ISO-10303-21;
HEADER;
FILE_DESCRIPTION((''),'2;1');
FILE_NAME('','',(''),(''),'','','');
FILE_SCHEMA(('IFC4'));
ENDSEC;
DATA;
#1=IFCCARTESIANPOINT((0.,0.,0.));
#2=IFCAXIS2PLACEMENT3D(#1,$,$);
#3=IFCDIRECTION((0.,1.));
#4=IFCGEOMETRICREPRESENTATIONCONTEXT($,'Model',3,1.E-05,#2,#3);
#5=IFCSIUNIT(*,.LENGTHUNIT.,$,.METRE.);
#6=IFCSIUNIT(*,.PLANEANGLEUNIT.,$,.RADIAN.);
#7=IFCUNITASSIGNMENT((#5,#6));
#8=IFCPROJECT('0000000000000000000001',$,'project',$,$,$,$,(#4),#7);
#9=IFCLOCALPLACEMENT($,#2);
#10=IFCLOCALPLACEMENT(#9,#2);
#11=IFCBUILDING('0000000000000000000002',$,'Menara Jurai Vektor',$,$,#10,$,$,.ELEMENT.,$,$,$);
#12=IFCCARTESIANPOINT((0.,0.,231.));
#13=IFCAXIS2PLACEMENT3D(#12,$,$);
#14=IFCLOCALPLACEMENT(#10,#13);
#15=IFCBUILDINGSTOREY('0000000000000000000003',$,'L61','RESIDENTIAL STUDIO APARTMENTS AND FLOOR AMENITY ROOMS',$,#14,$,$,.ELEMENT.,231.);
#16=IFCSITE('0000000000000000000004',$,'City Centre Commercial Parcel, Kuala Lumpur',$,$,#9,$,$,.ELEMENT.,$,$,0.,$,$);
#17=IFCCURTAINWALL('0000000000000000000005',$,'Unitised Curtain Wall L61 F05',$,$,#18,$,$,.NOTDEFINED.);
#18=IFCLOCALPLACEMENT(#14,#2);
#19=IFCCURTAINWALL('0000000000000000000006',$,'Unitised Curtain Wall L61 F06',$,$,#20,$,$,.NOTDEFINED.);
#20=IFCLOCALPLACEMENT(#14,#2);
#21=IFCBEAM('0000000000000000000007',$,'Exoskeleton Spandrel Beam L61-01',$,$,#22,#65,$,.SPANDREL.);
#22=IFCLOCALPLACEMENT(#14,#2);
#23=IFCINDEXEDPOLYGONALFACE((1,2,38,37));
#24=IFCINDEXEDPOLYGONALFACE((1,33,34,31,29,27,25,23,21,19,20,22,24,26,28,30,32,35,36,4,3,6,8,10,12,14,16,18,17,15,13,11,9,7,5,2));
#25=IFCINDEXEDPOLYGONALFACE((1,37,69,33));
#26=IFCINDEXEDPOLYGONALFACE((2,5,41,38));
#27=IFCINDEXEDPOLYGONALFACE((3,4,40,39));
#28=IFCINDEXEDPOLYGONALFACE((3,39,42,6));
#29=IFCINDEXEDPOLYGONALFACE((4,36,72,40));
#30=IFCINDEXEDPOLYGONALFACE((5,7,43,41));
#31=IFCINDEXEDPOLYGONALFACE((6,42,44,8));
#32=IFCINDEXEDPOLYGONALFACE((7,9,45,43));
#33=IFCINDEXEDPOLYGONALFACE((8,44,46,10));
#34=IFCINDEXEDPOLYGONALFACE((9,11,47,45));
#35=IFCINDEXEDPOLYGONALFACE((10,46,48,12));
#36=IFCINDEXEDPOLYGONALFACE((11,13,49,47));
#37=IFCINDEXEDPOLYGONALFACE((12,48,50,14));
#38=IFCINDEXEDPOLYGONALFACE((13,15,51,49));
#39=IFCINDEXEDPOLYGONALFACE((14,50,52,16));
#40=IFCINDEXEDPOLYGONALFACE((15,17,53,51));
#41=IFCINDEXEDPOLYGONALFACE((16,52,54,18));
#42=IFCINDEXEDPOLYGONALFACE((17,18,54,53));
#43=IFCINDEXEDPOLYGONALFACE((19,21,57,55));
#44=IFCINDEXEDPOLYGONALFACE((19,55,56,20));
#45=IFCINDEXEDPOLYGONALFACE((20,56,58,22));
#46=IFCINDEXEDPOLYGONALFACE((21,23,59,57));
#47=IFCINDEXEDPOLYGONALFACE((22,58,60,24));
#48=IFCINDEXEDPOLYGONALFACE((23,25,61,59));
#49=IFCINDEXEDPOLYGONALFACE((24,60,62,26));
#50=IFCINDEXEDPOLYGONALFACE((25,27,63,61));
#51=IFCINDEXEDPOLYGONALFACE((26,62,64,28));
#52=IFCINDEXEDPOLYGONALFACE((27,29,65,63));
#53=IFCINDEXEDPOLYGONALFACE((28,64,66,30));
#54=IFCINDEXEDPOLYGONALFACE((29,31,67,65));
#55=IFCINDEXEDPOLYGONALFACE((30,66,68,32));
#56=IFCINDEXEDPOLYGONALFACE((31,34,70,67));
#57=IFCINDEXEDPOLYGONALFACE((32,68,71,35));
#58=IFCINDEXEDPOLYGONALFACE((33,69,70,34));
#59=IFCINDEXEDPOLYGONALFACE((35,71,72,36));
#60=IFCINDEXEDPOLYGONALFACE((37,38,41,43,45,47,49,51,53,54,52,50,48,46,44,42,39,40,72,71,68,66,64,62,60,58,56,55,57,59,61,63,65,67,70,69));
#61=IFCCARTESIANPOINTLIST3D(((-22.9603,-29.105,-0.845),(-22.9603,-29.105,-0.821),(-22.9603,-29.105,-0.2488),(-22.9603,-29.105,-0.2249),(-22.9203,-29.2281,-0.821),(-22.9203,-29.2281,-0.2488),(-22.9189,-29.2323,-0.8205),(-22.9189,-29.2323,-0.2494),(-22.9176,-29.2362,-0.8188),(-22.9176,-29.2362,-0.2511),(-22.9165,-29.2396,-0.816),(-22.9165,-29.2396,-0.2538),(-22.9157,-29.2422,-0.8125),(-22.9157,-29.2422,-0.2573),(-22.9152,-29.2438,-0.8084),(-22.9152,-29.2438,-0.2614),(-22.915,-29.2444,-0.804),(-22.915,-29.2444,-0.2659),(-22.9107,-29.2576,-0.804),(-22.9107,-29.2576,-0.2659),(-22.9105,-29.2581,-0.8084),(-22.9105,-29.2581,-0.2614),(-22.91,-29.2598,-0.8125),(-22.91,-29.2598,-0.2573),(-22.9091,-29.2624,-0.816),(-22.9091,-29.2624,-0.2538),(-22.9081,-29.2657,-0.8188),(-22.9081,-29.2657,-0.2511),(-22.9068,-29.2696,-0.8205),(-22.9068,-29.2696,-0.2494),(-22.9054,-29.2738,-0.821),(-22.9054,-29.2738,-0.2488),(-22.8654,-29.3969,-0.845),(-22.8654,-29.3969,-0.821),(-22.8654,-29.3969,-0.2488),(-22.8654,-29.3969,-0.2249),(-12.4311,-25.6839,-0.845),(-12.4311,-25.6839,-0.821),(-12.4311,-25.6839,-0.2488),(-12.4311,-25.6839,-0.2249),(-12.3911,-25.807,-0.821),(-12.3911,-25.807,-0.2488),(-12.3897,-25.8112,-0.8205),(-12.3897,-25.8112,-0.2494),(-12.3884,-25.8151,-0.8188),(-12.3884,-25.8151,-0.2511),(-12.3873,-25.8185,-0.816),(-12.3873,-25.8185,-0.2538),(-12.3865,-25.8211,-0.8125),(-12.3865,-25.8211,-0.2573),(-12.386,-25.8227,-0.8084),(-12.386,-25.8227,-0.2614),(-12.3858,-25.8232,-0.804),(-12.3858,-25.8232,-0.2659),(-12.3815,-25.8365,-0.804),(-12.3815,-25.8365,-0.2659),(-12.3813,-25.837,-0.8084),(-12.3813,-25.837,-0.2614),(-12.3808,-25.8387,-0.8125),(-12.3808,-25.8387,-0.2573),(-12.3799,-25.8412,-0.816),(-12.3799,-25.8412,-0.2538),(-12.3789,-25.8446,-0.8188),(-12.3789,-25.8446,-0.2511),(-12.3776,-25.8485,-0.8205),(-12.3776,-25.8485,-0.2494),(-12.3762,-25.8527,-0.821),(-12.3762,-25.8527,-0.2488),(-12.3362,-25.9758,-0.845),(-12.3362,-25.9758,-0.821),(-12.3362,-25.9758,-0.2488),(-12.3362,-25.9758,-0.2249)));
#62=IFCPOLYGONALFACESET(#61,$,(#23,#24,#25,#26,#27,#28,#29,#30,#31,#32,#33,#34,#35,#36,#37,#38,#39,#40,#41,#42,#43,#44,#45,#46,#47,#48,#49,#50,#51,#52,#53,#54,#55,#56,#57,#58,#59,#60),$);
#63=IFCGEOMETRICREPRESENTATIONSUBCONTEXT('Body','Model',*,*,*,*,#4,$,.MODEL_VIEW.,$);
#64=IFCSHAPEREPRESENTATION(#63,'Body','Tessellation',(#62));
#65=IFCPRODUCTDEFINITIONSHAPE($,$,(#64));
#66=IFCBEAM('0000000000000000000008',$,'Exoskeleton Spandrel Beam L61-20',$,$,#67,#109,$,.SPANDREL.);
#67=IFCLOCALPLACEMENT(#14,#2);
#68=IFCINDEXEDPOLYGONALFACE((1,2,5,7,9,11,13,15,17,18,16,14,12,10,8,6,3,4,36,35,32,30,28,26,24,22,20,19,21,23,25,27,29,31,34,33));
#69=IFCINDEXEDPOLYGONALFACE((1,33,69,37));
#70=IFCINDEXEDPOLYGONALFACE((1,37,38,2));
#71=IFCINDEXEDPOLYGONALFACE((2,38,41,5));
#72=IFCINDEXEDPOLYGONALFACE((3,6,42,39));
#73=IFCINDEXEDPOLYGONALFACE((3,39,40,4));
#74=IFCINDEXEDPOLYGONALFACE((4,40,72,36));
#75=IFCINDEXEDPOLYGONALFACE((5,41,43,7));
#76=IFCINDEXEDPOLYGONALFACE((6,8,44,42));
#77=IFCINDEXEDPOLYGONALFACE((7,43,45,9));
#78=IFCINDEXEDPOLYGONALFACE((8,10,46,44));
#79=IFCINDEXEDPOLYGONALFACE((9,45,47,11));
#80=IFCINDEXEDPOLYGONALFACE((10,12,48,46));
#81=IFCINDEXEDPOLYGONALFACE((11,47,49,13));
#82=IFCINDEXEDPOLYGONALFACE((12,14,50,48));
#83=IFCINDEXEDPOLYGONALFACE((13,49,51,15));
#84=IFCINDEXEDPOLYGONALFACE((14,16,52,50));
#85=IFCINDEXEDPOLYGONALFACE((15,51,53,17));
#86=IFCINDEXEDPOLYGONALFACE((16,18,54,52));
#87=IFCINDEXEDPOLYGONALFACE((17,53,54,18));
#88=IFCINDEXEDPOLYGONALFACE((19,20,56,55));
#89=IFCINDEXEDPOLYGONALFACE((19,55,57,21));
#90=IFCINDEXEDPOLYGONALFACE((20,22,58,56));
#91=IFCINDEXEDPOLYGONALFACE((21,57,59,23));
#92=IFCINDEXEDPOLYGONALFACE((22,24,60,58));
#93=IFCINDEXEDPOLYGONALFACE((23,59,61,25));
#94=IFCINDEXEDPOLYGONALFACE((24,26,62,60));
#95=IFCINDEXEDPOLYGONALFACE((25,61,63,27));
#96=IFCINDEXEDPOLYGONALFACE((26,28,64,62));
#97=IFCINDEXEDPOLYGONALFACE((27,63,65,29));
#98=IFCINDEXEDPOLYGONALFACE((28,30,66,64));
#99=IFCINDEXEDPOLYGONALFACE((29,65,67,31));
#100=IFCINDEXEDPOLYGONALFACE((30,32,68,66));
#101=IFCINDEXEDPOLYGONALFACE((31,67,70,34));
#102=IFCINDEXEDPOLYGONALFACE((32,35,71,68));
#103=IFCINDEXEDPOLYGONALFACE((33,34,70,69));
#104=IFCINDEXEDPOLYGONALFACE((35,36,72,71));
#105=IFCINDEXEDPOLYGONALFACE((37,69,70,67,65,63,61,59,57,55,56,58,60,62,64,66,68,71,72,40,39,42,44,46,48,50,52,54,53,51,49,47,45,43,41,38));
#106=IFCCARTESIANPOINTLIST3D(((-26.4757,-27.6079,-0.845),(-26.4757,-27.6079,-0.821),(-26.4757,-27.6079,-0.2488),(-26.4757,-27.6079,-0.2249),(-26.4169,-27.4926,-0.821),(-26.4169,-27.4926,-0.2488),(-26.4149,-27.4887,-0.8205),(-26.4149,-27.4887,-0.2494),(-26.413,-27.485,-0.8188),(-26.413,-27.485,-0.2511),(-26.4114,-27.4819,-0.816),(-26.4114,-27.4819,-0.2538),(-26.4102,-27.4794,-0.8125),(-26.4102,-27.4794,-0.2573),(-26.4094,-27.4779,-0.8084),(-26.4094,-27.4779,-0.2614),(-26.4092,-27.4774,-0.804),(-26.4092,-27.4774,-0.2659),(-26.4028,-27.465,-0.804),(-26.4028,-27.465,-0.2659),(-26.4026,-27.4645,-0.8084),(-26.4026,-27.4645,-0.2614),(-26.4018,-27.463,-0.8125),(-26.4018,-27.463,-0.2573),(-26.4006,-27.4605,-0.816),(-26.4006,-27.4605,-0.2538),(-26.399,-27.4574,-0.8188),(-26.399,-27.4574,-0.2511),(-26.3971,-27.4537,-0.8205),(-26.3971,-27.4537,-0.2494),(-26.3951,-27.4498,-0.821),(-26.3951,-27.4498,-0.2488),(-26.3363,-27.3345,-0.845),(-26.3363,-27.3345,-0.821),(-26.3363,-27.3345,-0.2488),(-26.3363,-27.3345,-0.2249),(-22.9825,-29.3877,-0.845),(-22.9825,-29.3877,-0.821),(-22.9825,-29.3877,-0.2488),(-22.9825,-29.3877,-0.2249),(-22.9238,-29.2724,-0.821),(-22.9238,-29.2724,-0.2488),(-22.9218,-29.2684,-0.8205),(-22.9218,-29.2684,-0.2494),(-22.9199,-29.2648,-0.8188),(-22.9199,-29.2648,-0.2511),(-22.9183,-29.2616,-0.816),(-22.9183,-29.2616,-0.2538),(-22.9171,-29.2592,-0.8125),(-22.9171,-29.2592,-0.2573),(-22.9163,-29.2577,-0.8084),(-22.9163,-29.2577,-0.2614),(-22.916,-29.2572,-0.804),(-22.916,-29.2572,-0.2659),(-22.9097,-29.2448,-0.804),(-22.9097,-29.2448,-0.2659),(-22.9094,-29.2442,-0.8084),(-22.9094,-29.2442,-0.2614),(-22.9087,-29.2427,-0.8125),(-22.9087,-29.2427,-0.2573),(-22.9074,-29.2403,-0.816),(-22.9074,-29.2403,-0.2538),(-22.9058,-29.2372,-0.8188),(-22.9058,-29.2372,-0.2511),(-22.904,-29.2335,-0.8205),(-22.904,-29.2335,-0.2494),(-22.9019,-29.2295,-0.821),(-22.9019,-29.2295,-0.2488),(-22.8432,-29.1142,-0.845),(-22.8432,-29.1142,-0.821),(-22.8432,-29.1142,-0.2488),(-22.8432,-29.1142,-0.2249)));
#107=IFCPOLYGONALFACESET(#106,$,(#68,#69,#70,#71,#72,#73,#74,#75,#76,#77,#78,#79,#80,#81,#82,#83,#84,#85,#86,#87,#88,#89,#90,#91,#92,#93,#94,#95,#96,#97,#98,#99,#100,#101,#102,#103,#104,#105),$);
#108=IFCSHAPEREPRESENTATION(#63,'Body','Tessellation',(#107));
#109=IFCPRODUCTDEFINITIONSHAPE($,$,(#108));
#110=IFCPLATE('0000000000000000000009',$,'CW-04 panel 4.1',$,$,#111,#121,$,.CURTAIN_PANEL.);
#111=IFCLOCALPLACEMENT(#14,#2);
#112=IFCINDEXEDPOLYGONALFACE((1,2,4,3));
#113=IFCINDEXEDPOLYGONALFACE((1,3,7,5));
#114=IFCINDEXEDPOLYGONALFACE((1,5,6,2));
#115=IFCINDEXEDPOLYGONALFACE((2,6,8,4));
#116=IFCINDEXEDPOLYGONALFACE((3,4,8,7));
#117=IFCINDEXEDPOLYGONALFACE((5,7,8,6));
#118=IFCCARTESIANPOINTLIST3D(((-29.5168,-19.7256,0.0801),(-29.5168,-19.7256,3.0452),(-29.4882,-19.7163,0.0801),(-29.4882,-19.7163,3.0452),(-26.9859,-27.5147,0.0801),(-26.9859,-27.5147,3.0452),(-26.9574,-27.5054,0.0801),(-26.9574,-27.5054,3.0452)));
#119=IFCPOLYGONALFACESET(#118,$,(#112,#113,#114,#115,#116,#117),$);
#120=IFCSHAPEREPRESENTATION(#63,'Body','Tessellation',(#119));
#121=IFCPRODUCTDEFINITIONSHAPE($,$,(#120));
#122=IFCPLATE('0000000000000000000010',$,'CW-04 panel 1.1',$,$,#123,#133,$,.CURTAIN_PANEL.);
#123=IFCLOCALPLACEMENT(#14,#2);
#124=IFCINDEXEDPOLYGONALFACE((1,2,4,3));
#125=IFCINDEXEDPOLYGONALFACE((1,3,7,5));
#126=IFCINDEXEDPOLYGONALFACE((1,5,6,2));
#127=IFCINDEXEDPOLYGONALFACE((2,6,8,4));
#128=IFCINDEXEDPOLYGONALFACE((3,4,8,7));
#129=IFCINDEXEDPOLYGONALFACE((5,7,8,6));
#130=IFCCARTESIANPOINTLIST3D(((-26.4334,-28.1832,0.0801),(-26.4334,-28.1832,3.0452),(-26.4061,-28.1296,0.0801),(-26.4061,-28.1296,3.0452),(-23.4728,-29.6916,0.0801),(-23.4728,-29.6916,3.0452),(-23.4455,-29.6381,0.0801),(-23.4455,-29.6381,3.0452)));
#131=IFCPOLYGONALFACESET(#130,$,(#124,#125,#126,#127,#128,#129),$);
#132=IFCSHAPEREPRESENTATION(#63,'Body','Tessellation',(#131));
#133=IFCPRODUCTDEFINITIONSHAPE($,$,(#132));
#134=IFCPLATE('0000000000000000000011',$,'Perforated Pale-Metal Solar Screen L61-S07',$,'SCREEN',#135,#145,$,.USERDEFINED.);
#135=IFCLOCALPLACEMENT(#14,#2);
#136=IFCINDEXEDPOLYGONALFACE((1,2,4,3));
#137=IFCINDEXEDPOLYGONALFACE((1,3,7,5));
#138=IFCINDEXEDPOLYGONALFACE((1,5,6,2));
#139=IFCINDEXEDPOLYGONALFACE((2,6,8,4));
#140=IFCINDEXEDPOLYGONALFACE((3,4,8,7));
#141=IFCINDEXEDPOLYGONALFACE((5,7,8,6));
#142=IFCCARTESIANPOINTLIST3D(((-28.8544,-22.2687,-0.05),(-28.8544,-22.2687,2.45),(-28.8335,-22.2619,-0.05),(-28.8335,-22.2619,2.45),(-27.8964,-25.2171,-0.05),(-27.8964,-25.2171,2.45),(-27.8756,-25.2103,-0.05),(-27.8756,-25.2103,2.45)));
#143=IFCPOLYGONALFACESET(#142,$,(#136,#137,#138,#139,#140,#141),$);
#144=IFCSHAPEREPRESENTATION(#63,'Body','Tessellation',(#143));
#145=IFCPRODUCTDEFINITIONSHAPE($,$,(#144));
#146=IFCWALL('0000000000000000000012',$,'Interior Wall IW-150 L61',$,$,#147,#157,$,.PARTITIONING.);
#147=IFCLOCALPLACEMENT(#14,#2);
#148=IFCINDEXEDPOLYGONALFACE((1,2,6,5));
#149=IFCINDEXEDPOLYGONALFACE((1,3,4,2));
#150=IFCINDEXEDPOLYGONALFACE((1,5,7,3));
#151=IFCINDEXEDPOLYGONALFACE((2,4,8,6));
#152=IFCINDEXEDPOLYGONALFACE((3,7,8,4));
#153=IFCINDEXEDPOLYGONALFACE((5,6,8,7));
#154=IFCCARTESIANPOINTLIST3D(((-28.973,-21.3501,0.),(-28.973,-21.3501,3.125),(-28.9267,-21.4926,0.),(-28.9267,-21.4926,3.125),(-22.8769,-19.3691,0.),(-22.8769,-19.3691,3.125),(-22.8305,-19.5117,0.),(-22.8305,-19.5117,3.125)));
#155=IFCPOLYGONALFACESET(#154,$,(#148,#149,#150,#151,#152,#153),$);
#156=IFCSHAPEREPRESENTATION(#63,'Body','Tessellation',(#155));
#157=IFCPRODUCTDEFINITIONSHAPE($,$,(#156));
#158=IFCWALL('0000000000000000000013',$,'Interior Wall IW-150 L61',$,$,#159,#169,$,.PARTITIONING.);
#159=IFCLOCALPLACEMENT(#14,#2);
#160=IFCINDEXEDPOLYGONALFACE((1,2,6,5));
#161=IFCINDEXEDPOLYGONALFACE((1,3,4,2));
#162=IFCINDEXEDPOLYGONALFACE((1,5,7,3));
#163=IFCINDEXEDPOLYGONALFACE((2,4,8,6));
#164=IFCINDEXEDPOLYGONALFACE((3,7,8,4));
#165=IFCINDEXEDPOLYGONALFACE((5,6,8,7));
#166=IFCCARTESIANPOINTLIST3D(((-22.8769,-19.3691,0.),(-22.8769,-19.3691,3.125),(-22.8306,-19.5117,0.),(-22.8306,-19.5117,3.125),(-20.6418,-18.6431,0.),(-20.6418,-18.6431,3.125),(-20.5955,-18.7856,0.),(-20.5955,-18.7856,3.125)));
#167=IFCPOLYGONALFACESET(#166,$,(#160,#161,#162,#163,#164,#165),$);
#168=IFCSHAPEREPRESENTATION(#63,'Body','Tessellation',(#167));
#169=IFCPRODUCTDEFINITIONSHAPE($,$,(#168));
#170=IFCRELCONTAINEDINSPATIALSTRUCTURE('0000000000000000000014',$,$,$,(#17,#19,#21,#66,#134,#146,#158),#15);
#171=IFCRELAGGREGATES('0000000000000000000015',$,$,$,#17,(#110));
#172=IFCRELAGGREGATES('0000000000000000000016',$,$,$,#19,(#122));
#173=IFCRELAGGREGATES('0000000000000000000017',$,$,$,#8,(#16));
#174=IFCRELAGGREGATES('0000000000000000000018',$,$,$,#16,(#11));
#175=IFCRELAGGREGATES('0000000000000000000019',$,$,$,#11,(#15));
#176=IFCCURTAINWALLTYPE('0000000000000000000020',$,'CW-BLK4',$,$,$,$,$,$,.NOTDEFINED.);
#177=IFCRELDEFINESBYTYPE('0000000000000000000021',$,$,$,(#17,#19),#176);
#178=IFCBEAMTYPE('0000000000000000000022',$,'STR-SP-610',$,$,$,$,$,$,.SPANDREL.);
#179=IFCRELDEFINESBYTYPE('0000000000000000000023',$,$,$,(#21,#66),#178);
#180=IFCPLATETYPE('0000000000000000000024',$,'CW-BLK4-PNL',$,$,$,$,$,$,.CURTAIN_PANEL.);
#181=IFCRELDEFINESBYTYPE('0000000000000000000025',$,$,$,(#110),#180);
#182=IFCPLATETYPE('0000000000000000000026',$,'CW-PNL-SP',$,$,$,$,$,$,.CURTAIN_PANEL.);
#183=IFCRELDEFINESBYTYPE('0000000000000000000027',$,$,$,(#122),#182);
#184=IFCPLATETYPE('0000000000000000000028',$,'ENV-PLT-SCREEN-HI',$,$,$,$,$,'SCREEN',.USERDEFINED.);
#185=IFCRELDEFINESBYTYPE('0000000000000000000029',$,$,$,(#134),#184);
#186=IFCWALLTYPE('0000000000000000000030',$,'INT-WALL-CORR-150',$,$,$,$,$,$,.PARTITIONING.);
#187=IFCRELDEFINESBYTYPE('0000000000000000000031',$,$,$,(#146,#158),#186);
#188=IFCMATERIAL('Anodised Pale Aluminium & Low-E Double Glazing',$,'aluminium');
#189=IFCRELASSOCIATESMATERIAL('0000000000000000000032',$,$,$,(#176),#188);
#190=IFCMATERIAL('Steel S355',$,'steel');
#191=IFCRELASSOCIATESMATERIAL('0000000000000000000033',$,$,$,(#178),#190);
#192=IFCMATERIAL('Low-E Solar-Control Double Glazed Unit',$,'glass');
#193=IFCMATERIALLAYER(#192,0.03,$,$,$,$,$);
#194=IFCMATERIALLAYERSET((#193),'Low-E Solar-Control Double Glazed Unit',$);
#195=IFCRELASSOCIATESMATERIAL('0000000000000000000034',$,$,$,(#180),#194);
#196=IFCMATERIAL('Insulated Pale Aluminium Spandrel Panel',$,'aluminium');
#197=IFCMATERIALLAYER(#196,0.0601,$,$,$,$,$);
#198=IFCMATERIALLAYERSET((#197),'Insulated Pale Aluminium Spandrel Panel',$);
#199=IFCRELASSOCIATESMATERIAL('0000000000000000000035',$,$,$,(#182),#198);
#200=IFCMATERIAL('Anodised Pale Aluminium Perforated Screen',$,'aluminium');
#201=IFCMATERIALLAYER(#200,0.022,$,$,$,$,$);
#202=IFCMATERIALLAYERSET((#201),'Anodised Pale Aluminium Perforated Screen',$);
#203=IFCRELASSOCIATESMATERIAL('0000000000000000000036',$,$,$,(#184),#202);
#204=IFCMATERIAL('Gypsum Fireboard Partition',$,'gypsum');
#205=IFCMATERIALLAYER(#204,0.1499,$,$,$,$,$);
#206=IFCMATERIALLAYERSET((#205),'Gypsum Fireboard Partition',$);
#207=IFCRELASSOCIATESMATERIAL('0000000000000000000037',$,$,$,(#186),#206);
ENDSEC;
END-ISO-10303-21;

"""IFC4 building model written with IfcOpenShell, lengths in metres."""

from ifc_helpers import new_model, si_unit, direction, frame, frame_2d, origin, origin_2d, place, context, subcontext, project, spatial, rectangle, i_section, extrude, material, layer, layer_set, material_profile, profile_set, type_object, element, aggregate, save


model = new_model("IFC4")

# Units and contexts
model_context = context("Model", 3, precision=1e-05, world=origin(), true_north=direction((0.0, 1.0)))
body_context = subcontext(model_context, "Body", "Model", "MODEL_VIEW")
ifc_project = project(units=[si_unit("LENGTHUNIT", "METRE"), si_unit("PLANEANGLEUNIT", "RADIAN")], contexts=[model_context])

# Site, building, storey
site_placement = place(None, origin())
site = spatial("IfcSite", under=ifc_project, at=site_placement, Name="City Centre Commercial Parcel, Kuala Lumpur", CompositionType="ELEMENT", RefElevation=0.0)
building_placement = place(site_placement, origin())
building = spatial("IfcBuilding", under=site, at=building_placement, Name="Menara Jurai Vektor", CompositionType="ELEMENT")
storey_placement = place(building_placement, frame((0.0, 0.0, 231.0)))
storey = spatial("IfcBuildingStorey", under=building, at=storey_placement, Name="L61", Description="RESIDENTIAL STUDIO APARTMENTS AND FLOOR AMENITY ROOMS", CompositionType="ELEMENT", Elevation=231.0)

# Curtain walls
ifc_material_1 = material(Name="Anodised Pale Aluminium & Low-E Double Glazing", Category="aluminium")
curtain_wall_type = type_object("IfcCurtainWallType", Name="CW-BLK4", PredefinedType="NOTDEFINED", material=ifc_material_1)
curtain_wall_1_placement = place(storey_placement, origin())
curtain_wall_1 = element("IfcCurtainWall", 1, at=curtain_wall_1_placement, inside=storey, type_object=curtain_wall_type, Name="Unitised Curtain Wall L61 F05", PredefinedType="NOTDEFINED")
curtain_wall_2_placement = place(storey_placement, origin())
curtain_wall_2 = element("IfcCurtainWall", 2, at=curtain_wall_2_placement, inside=storey, type_object=curtain_wall_type, Name="Unitised Curtain Wall L61 F06", PredefinedType="NOTDEFINED")

# Shared definitions
ifc_material_2 = material(Name="Steel S355", Category="steel")

# Beams
ifc_material_profile_1 = material_profile(ifc_material_2, i_section(OverallWidth=0.3069, OverallDepth=0.6201, WebThickness=0.0139, FlangeThickness=0.0239, FilletRadius=0.0171, at=origin_2d()), Name="UKB 610x305x179")
ifc_profile_set_1 = profile_set([ifc_material_profile_1], Name="Steel S355")
beam_type_1 = type_object("IfcBeamType", Name="STR-SP-610", PredefinedType="SPANDREL", material=ifc_profile_set_1)
beam_1_placement = place(storey_placement, frame((-22.9128, -29.251, -0.5349), z_axis=(0.951057, 0.309014, 0.0), x_axis=(-0.309014, 0.951057, 0.0)))
element("IfcBeam", 3, at=beam_1_placement, inside=storey, type_object=beam_type_1, Name="Exoskeleton Spandrel Beam L61-01", PredefinedType="SPANDREL", context=body_context, shape_type="SweptSolid", body=[
    extrude(i_section(OverallWidth=0.3069, OverallDepth=0.6201, WebThickness=0.0139, FlangeThickness=0.0239, FilletRadius=0.0171, at=origin_2d()), origin(), (0.0, 0.0, 1.0), 11.071),
])
beam_2_placement = place(storey_placement, frame((-26.406, -27.4712, -0.5349), z_axis=(0.891014, -0.453976, 0.0), x_axis=(0.453976, 0.891014, 0.0)))
element("IfcBeam", 4, at=beam_2_placement, inside=storey, type_object=beam_type_1, Name="Exoskeleton Spandrel Beam L61-20", PredefinedType="SPANDREL", context=body_context, shape_type="SweptSolid", body=[
    extrude(i_section(OverallWidth=0.3069, OverallDepth=0.6201, WebThickness=0.0139, FlangeThickness=0.0239, FilletRadius=0.0171, at=origin_2d()), origin(), (0.0, 0.0, 1.0), 3.9204),
])

# Plates
ifc_material_3 = material(Name="Low-E Solar-Control Double Glazed Unit", Category="glass")
ifc_layer_1 = layer(ifc_material_3, 0.03)
ifc_layer_set_1 = layer_set([ifc_layer_1], Name="Low-E Solar-Control Double Glazed Unit")
plate_type_1 = type_object("IfcPlateType", Name="CW-BLK4-PNL", PredefinedType="CURTAIN_PANEL", material=ifc_layer_set_1)
plate_1_placement = place(storey_placement, frame((-28.2371, -23.6155, 0.0801), z_axis=(0.0, 0.0, 1.0), x_axis=(0.309016, -0.951057, 0.0)))
plate_1 = element("IfcPlate", 5, at=plate_1_placement, type_object=plate_type_1, Name="CW-04 panel 4.1", PredefinedType="CURTAIN_PANEL", context=body_context, shape_type="SweptSolid", body=[
    extrude(rectangle(XDim=8.1899, YDim=0.03, at=origin_2d()), origin(), (0.0, 0.0, 1.0), 2.9651),
])
aggregate(curtain_wall_1, [plate_1])
ifc_material_4 = material(Name="Insulated Pale Aluminium Spandrel Panel", Category="aluminium")
ifc_layer_2 = layer(ifc_material_4, 0.0601)
ifc_layer_set_2 = layer_set([ifc_layer_2], Name="Insulated Pale Aluminium Spandrel Panel")
plate_type_2 = type_object("IfcPlateType", Name="CW-PNL-SP", PredefinedType="CURTAIN_PANEL", material=ifc_layer_set_2)
plate_2_placement = place(storey_placement, frame((-24.9395, -28.9106, 0.0801), z_axis=(0.0, 0.0, 1.0), x_axis=(0.891008, -0.453989, 0.0)))
plate_2 = element("IfcPlate", 6, at=plate_2_placement, type_object=plate_type_2, Name="CW-04 panel 1.1", PredefinedType="CURTAIN_PANEL", context=body_context, shape_type="SweptSolid", body=[
    extrude(rectangle(XDim=3.3228, YDim=0.0601, at=origin_2d()), origin(), (0.0, 0.0, 1.0), 2.9651),
])
aggregate(curtain_wall_2, [plate_2])
ifc_material_5 = material(Name="Anodised Pale Aluminium Perforated Screen", Category="aluminium")
ifc_layer_3 = layer(ifc_material_5, 0.022)
ifc_layer_set_3 = layer_set([ifc_layer_3], Name="Anodised Pale Aluminium Perforated Screen")
plate_type_3 = type_object("IfcPlateType", Name="ENV-PLT-SCREEN-HI", ElementType="SCREEN", PredefinedType="USERDEFINED", material=ifc_layer_set_3)
plate_3_placement = place(storey_placement, frame((-28.365, -23.7395, -0.05), z_axis=(0.0, 0.0, 1.0), x_axis=(0.309017, -0.951057, 0.0)))
element("IfcPlate", 7, at=plate_3_placement, inside=storey, type_object=plate_type_3, Name="Perforated Pale-Metal Solar Screen L61-S07", ObjectType="SCREEN", PredefinedType="USERDEFINED", context=body_context, shape_type="SweptSolid", body=[
    extrude(rectangle(XDim=3.1001, YDim=0.022, at=origin_2d()), origin(), (0.0, 0.0, 1.0), 2.5),
])

# Walls
ifc_material_6 = material(Name="Gypsum Fireboard Partition", Category="gypsum")
ifc_layer_4 = layer(ifc_material_6, 0.1499)
ifc_layer_set_4 = layer_set([ifc_layer_4], Name="Gypsum Fireboard Partition")
wall_type = type_object("IfcWallType", Name="INT-WALL-CORR-150", PredefinedType="PARTITIONING", material=ifc_layer_set_4)
wall_1_placement = place(storey_placement, frame((-28.95, -21.4214, 0.0), z_axis=(0.0, 0.0, 1.0), x_axis=(0.951048, 0.309043, 0.0)))
element("IfcWall", 8, at=wall_1_placement, inside=storey, type_object=wall_type, Name="Interior Wall IW-150 L61", PredefinedType="PARTITIONING", context=body_context, shape_type="SweptSolid", body=[
    extrude(rectangle(XDim=6.4099, YDim=0.1499, at=frame_2d((3.2051, 0.0))), origin(), (0.0, 0.0, 1.0), 3.125),
])
wall_2_placement = place(storey_placement, frame((-22.8538, -19.4404, 0.0), z_axis=(0.0, 0.0, 1.0), x_axis=(0.951076, 0.308957, 0.0)))
element("IfcWall", 9, at=wall_2_placement, inside=storey, type_object=wall_type, Name="Interior Wall IW-150 L61", PredefinedType="PARTITIONING", context=body_context, shape_type="SweptSolid", body=[
    extrude(rectangle(XDim=2.3501, YDim=0.1499, at=frame_2d((1.175, 0.0))), origin(), (0.0, 0.0, 1.0), 3.125),
])

save(model, "model.ifc")
